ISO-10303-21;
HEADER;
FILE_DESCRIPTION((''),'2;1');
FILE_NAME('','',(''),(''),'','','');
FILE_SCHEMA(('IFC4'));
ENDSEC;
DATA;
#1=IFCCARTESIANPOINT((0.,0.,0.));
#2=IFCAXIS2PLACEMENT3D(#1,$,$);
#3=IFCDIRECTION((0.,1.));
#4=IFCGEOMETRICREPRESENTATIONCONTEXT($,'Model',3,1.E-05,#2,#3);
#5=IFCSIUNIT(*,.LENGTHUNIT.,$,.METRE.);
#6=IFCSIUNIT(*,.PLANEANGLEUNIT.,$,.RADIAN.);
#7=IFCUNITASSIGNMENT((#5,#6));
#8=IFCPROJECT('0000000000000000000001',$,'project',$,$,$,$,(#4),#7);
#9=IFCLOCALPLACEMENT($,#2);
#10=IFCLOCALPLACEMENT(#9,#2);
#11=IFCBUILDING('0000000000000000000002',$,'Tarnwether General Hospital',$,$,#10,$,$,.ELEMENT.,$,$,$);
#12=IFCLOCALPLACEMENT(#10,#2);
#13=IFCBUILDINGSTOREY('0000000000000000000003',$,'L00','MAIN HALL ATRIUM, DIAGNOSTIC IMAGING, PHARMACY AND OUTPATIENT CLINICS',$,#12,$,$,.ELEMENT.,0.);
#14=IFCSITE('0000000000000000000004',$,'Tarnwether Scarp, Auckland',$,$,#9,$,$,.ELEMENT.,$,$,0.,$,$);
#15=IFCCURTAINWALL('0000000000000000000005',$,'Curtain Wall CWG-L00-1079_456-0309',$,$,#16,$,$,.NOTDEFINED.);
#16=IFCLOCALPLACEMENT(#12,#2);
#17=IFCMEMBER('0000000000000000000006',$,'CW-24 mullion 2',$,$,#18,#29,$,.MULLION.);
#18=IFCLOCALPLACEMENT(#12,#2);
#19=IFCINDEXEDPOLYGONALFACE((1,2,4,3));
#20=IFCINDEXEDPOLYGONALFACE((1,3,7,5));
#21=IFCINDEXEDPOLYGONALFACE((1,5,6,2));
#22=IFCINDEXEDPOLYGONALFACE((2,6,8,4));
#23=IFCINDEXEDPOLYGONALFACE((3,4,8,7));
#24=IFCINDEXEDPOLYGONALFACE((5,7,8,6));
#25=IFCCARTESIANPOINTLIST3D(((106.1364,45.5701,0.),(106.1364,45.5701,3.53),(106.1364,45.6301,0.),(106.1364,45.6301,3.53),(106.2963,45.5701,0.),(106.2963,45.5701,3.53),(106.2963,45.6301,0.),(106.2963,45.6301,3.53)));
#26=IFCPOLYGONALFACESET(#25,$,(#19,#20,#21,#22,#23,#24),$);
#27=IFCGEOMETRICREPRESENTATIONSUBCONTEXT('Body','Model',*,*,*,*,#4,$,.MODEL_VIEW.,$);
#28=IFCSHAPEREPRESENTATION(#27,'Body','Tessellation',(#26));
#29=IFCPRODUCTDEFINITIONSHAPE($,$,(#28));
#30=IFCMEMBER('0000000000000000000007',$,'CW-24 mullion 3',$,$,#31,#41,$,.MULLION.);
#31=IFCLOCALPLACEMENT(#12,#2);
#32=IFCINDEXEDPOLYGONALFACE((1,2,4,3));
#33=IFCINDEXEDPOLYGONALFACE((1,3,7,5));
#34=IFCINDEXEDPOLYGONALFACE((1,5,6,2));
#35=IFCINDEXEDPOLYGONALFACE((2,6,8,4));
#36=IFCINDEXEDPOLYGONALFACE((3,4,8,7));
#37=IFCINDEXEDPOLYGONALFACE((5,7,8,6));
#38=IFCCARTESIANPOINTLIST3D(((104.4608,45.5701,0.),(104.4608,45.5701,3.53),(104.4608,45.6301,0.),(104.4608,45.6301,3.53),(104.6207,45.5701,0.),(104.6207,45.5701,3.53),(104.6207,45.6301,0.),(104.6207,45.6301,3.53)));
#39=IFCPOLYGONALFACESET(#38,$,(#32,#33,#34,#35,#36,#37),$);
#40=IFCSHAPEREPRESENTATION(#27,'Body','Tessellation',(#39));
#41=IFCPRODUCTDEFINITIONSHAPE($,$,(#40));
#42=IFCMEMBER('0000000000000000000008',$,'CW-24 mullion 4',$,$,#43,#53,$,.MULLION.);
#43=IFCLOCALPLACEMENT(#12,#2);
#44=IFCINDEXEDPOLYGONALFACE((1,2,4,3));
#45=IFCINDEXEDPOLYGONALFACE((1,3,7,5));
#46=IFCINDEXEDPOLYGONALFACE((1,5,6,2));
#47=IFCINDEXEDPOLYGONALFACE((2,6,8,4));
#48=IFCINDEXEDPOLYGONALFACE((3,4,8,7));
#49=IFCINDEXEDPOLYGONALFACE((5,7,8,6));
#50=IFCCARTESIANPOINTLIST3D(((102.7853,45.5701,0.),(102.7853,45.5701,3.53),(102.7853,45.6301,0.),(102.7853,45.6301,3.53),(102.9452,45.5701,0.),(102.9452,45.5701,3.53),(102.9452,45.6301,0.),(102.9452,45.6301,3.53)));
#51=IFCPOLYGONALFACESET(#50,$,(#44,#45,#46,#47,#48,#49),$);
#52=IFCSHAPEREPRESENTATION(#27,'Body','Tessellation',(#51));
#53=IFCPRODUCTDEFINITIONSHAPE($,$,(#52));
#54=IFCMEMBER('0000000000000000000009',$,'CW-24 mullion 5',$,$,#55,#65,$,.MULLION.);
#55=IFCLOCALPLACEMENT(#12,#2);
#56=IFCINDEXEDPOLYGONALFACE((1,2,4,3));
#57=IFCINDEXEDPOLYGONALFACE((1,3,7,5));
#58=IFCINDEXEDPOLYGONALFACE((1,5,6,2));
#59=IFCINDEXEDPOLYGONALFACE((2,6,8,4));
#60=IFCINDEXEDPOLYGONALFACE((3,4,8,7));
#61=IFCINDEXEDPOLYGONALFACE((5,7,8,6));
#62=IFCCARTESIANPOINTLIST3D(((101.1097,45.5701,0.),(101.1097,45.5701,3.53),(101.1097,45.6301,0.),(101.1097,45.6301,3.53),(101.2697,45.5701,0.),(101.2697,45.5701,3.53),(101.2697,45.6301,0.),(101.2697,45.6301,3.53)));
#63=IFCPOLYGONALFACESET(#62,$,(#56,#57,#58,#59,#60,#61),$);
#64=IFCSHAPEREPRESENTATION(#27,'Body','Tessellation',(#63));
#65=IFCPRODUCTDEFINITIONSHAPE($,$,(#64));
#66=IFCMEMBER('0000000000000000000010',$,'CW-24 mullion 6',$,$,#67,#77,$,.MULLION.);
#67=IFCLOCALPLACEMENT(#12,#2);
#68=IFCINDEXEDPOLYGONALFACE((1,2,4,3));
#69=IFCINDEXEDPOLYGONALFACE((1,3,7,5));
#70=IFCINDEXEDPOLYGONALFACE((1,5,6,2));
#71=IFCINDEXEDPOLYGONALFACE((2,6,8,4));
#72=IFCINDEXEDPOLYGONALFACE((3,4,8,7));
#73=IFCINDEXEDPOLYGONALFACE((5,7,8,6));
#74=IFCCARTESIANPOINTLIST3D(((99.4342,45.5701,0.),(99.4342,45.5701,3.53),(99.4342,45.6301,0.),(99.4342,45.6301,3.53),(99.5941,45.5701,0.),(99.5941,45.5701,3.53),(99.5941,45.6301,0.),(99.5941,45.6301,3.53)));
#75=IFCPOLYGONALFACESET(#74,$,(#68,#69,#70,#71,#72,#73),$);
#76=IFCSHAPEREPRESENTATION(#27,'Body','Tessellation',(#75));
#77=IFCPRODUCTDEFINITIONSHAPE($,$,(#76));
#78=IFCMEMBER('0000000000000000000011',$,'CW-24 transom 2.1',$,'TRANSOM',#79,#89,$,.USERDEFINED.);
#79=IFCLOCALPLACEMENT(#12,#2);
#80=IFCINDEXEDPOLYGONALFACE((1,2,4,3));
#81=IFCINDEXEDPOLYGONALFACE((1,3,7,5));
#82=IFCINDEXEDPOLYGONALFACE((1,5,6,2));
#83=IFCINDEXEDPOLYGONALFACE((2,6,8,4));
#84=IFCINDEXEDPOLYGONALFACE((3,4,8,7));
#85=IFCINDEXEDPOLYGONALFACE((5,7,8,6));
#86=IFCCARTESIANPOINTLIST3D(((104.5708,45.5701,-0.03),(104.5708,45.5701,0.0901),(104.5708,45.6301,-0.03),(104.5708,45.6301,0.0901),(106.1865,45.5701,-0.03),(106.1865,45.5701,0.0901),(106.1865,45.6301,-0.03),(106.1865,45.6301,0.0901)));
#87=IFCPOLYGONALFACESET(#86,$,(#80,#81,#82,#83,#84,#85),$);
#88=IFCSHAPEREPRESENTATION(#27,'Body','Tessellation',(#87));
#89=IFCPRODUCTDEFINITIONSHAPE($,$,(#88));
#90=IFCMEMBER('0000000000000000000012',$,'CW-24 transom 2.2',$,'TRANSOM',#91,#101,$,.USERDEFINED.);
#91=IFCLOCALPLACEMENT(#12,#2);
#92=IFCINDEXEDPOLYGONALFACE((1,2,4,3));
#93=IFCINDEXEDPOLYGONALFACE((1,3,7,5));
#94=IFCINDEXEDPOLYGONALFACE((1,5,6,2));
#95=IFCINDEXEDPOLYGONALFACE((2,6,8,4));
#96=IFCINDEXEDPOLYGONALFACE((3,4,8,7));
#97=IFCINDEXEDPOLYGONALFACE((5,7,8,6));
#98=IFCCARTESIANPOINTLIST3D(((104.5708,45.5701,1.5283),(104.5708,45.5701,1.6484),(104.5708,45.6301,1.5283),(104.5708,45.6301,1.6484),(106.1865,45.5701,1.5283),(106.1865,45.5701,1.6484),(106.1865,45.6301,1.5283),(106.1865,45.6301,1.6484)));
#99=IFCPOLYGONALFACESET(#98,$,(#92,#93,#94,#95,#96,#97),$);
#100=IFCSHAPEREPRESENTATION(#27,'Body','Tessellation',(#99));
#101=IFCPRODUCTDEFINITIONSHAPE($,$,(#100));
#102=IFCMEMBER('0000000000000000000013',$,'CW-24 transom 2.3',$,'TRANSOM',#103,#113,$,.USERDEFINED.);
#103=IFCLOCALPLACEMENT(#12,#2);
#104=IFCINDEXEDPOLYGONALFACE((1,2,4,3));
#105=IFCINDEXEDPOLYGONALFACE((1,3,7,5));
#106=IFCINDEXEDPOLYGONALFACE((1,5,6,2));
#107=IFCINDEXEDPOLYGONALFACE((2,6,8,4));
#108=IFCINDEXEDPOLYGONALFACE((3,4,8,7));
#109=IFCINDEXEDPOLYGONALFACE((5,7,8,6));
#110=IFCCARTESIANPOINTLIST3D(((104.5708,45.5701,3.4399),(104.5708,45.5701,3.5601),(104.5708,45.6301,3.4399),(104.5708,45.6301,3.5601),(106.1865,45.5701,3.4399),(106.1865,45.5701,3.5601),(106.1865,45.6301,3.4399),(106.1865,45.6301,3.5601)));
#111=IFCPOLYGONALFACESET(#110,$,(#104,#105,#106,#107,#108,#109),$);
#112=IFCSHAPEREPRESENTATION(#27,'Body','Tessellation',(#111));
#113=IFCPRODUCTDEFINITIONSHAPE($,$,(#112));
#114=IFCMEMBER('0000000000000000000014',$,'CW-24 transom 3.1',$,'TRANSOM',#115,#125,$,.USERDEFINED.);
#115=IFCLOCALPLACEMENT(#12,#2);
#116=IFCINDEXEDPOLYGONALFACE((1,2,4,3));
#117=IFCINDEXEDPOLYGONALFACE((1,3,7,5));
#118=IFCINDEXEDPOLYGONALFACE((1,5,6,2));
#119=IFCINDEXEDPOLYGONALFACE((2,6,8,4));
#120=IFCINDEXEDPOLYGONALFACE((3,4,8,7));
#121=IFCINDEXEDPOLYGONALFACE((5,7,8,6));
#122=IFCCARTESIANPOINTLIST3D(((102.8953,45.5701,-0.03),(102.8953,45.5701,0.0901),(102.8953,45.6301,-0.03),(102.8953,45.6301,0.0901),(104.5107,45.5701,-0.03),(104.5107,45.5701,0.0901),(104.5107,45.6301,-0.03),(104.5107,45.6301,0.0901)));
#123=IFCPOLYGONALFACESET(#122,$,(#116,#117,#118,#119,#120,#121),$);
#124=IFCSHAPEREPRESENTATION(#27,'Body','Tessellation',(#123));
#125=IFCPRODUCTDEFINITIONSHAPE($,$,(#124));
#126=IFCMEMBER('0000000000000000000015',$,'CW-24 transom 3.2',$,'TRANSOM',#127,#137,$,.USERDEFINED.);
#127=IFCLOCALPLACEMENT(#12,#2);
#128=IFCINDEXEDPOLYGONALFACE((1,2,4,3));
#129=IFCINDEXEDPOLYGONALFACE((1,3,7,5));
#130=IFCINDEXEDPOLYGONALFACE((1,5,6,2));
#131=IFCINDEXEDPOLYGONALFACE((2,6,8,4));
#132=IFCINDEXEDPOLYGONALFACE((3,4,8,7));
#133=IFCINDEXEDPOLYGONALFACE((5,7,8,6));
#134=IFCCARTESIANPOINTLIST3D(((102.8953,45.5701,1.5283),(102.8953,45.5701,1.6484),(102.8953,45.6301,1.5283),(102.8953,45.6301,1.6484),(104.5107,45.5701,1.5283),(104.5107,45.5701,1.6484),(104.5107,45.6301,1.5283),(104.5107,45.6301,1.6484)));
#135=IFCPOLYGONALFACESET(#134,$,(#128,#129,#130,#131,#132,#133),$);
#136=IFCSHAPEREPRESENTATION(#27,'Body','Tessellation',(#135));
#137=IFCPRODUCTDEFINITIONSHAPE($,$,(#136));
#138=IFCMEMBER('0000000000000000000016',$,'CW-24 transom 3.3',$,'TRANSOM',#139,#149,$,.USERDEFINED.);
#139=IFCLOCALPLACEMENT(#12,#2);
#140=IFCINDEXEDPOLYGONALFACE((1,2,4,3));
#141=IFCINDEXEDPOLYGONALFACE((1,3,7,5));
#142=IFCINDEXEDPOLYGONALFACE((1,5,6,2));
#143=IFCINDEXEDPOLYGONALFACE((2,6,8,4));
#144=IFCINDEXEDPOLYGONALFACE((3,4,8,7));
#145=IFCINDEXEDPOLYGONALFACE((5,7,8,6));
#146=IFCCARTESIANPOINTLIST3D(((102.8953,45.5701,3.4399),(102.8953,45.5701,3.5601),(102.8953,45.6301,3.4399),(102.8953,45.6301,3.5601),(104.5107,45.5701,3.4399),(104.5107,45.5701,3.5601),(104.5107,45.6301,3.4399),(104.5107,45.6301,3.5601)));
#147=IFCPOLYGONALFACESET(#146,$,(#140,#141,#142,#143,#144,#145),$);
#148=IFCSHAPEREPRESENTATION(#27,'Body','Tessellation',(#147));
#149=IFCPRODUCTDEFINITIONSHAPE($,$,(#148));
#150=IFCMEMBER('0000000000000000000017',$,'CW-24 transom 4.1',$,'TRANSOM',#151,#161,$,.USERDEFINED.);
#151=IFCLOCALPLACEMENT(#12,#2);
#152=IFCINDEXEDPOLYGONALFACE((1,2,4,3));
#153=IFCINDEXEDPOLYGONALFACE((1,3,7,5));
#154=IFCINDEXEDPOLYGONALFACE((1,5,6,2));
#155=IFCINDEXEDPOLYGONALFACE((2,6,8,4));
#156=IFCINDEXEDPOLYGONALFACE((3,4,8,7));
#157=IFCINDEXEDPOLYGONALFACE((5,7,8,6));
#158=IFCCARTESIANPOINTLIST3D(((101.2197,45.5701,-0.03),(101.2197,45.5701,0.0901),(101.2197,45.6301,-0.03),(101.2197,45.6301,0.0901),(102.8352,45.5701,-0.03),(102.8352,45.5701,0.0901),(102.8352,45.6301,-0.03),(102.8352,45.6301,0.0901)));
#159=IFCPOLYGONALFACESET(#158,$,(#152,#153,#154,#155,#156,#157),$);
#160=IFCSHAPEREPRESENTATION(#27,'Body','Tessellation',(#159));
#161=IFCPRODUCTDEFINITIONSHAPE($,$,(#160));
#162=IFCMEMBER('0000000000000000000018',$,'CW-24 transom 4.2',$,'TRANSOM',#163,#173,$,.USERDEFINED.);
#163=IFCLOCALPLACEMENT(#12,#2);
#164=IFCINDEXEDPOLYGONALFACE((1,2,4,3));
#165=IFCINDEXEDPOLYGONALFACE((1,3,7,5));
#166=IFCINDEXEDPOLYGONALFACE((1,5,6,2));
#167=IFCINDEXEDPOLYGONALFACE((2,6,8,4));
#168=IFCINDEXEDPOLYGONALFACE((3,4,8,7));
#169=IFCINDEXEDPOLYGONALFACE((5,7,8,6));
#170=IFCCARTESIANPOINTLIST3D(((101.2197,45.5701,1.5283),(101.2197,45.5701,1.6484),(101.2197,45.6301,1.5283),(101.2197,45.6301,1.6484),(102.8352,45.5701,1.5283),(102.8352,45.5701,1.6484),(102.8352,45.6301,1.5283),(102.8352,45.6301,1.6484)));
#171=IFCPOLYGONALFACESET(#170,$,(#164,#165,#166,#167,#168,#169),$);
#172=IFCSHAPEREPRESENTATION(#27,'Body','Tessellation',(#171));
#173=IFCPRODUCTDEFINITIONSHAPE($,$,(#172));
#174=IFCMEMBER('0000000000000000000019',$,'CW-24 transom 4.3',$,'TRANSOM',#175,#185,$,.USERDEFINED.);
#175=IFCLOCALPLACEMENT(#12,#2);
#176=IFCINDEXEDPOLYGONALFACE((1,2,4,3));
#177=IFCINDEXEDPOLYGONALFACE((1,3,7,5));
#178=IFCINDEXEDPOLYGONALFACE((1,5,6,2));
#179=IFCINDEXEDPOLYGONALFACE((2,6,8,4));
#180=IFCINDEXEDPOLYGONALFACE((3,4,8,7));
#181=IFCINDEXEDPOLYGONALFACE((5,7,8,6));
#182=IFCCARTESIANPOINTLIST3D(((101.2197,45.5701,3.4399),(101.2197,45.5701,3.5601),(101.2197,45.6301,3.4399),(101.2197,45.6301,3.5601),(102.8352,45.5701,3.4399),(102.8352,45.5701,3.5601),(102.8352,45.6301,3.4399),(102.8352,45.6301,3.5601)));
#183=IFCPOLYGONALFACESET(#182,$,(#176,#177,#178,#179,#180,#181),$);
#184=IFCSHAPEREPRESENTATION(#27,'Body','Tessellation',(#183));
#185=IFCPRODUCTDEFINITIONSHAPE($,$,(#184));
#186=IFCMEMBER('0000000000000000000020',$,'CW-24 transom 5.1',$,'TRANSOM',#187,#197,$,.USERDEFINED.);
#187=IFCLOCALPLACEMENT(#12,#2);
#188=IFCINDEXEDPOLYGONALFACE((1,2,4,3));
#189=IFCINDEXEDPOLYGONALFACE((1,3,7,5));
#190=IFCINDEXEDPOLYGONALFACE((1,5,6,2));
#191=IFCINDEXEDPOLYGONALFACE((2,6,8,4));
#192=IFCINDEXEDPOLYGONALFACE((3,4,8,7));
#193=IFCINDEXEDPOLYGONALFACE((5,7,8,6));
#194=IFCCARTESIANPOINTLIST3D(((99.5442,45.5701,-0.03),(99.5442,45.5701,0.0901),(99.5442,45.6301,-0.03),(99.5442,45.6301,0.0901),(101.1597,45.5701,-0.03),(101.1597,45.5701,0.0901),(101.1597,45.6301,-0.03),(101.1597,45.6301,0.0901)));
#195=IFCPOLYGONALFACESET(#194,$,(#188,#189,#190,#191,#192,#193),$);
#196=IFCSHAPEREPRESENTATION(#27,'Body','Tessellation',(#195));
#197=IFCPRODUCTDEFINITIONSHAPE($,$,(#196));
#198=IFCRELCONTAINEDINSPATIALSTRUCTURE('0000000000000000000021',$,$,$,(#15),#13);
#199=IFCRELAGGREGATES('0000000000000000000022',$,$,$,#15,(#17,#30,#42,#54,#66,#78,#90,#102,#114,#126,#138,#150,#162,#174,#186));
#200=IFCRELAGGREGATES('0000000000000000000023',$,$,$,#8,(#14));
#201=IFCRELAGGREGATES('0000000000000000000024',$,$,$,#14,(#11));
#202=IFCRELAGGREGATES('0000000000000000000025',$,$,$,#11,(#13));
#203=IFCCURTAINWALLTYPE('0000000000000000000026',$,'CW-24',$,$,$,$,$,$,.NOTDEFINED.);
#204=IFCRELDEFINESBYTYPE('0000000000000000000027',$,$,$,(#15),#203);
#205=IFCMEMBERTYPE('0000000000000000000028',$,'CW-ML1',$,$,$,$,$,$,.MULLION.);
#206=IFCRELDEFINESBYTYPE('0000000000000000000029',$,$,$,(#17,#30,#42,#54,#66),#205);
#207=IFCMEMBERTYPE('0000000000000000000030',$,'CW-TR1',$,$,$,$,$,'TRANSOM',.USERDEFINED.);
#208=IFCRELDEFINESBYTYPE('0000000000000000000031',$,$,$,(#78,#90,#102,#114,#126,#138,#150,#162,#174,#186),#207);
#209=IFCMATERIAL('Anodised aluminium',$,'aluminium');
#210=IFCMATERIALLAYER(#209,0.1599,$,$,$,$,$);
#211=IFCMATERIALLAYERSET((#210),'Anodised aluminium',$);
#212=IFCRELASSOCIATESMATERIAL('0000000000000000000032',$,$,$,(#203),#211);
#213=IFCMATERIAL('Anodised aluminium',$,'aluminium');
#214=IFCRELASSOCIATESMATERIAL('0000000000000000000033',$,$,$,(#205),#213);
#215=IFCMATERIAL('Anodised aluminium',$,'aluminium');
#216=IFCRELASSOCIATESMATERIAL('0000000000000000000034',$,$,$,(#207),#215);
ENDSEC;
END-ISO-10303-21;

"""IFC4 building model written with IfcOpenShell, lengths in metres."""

from ifc_helpers import new_model, si_unit, direction, frame, origin, origin_2d, place, context, subcontext, project, spatial, rectangle, extrude, material, layer, layer_set, material_profile, profile_set, type_object, element, aggregate, save


model = new_model("IFC4")

# Units and contexts
model_context = context("Model", 3, precision=1e-05, world=origin(), true_north=direction((0.0, 1.0)))
body_context = subcontext(model_context, "Body", "Model", "MODEL_VIEW")
ifc_project = project(units=[si_unit("LENGTHUNIT", "METRE"), si_unit("PLANEANGLEUNIT", "RADIAN")], contexts=[model_context])

# Site, building, storey
site_placement = place(None, origin())
site = spatial("IfcSite", under=ifc_project, at=site_placement, Name="Tarnwether Scarp, Auckland", CompositionType="ELEMENT", RefElevation=0.0)
building_placement = place(site_placement, origin())
building = spatial("IfcBuilding", under=site, at=building_placement, Name="Tarnwether General Hospital", CompositionType="ELEMENT")
storey_placement = place(building_placement, origin())
storey = spatial("IfcBuildingStorey", under=building, at=storey_placement, Name="L00", Description="MAIN HALL ATRIUM, DIAGNOSTIC IMAGING, PHARMACY AND OUTPATIENT CLINICS", CompositionType="ELEMENT", Elevation=0.0)

# Curtain wall, members
ifc_material_1 = material(Name="Anodised aluminium", Category="aluminium")
ifc_layer_1 = layer(ifc_material_1, 0.1599)
ifc_layer_set_1 = layer_set([ifc_layer_1], Name="Anodised aluminium")
curtain_wall_type = type_object("IfcCurtainWallType", Name="CW-24", PredefinedType="NOTDEFINED", material=ifc_layer_set_1)
curtain_wall_placement = place(storey_placement, origin())
curtain_wall = element("IfcCurtainWall", 1, at=curtain_wall_placement, inside=storey, type_object=curtain_wall_type, Name="Curtain Wall CWG-L00-1079_456-0309", PredefinedType="NOTDEFINED")
ifc_material_2 = material(Name="Anodised aluminium", Category="aluminium")
ifc_material_profile_1 = material_profile(ifc_material_2, rectangle(XDim=0.0601, YDim=0.1599, at=origin_2d()), Name="ALU-MUL-60x160")
ifc_profile_set_1 = profile_set([ifc_material_profile_1], Name="Anodised aluminium")
member_type_1 = type_object("IfcMemberType", Name="CW-ML1", PredefinedType="MULLION", material=ifc_profile_set_1)
member_1_placement = place(storey_placement, frame((106.2163, 45.6001, 0.0), z_axis=(0.0, 0.0, 1.0), x_axis=(0.0, -1.0, 0.0)))
member_1 = element("IfcMember", 2, at=member_1_placement, type_object=member_type_1, Name="CW-24 mullion 2", PredefinedType="MULLION", context=body_context, shape_type="SweptSolid", body=[
    extrude(rectangle(XDim=0.0601, YDim=0.1599, at=origin_2d()), origin(), (0.0, 0.0, 1.0), 3.53),
])
member_2_placement = place(storey_placement, frame((104.5408, 45.6001, 0.0), z_axis=(0.0, 0.0, 1.0), x_axis=(0.0, -1.0, 0.0)))
member_2 = element("IfcMember", 3, at=member_2_placement, type_object=member_type_1, Name="CW-24 mullion 3", PredefinedType="MULLION", context=body_context, shape_type="SweptSolid", body=[
    extrude(rectangle(XDim=0.0601, YDim=0.1599, at=origin_2d()), origin(), (0.0, 0.0, 1.0), 3.53),
])
member_3_placement = place(storey_placement, frame((102.8652, 45.6001, 0.0), z_axis=(0.0, 0.0, 1.0), x_axis=(0.0, -1.0, 0.0)))
member_3 = element("IfcMember", 4, at=member_3_placement, type_object=member_type_1, Name="CW-24 mullion 4", PredefinedType="MULLION", context=body_context, shape_type="SweptSolid", body=[
    extrude(rectangle(XDim=0.0601, YDim=0.1599, at=origin_2d()), origin(), (0.0, 0.0, 1.0), 3.53),
])
member_4_placement = place(storey_placement, frame((101.1897, 45.6001, 0.0), z_axis=(0.0, 0.0, 1.0), x_axis=(0.0, -1.0, 0.0)))
member_4 = element("IfcMember", 5, at=member_4_placement, type_object=member_type_1, Name="CW-24 mullion 5", PredefinedType="MULLION", context=body_context, shape_type="SweptSolid", body=[
    extrude(rectangle(XDim=0.0601, YDim=0.1599, at=origin_2d()), origin(), (0.0, 0.0, 1.0), 3.53),
])
member_5_placement = place(storey_placement, frame((99.5142, 45.6001, 0.0), z_axis=(0.0, 0.0, 1.0), x_axis=(0.0, -1.0, 0.0)))
member_5 = element("IfcMember", 6, at=member_5_placement, type_object=member_type_1, Name="CW-24 mullion 6", PredefinedType="MULLION", context=body_context, shape_type="SweptSolid", body=[
    extrude(rectangle(XDim=0.0601, YDim=0.1599, at=origin_2d()), origin(), (0.0, 0.0, 1.0), 3.53),
])
ifc_material_3 = material(Name="Anodised aluminium", Category="aluminium")
ifc_material_profile_2 = material_profile(ifc_material_3, rectangle(XDim=0.0601, YDim=0.1201, at=origin_2d()), Name="ALU-TRN-60x120")
ifc_profile_set_2 = profile_set([ifc_material_profile_2], Name="Anodised aluminium")
member_type_2 = type_object("IfcMemberType", Name="CW-TR1", ElementType="TRANSOM", PredefinedType="USERDEFINED", material=ifc_profile_set_2)
member_6_placement = place(storey_placement, frame((106.1865, 45.6001, 0.03), z_axis=(-1.0, 0.0, 0.0), x_axis=(0.0, -1.0, 0.0)))
member_6 = element("IfcMember", 7, at=member_6_placement, type_object=member_type_2, Name="CW-24 transom 2.1", ObjectType="TRANSOM", PredefinedType="USERDEFINED", context=body_context, shape_type="SweptSolid", body=[
    extrude(rectangle(XDim=0.0601, YDim=0.1201, at=origin_2d()), origin(), (0.0, 0.0, 1.0), 1.6157),
])
member_7_placement = place(storey_placement, frame((106.1865, 45.6001, 1.5884), z_axis=(-1.0, 0.0, 0.0), x_axis=(0.0, -1.0, 0.0)))
member_7 = element("IfcMember", 8, at=member_7_placement, type_object=member_type_2, Name="CW-24 transom 2.2", ObjectType="TRANSOM", PredefinedType="USERDEFINED", context=body_context, shape_type="SweptSolid", body=[
    extrude(rectangle(XDim=0.0601, YDim=0.1201, at=origin_2d()), origin(), (0.0, 0.0, 1.0), 1.6157),
])
member_8_placement = place(storey_placement, frame((106.1865, 45.6001, 3.5), z_axis=(-1.0, 0.0, 0.0), x_axis=(0.0, -1.0, 0.0)))
member_8 = element("IfcMember", 9, at=member_8_placement, type_object=member_type_2, Name="CW-24 transom 2.3", ObjectType="TRANSOM", PredefinedType="USERDEFINED", context=body_context, shape_type="SweptSolid", body=[
    extrude(rectangle(XDim=0.0601, YDim=0.1201, at=origin_2d()), origin(), (0.0, 0.0, 1.0), 1.6157),
])
member_9_placement = place(storey_placement, frame((104.5107, 45.6001, 0.03), z_axis=(-1.0, 0.0, 0.0), x_axis=(0.0, -1.0, 0.0)))
member_9 = element("IfcMember", 10, at=member_9_placement, type_object=member_type_2, Name="CW-24 transom 3.1", ObjectType="TRANSOM", PredefinedType="USERDEFINED", context=body_context, shape_type="SweptSolid", body=[
    extrude(rectangle(XDim=0.0601, YDim=0.1201, at=origin_2d()), origin(), (0.0, 0.0, 1.0), 1.6155),
])
member_10_placement = place(storey_placement, frame((104.5107, 45.6001, 1.5884), z_axis=(-1.0, 0.0, 0.0), x_axis=(0.0, -1.0, 0.0)))
member_10 = element("IfcMember", 11, at=member_10_placement, type_object=member_type_2, Name="CW-24 transom 3.2", ObjectType="TRANSOM", PredefinedType="USERDEFINED", context=body_context, shape_type="SweptSolid", body=[
    extrude(rectangle(XDim=0.0601, YDim=0.1201, at=origin_2d()), origin(), (0.0, 0.0, 1.0), 1.6155),
])
member_11_placement = place(storey_placement, frame((104.5107, 45.6001, 3.5), z_axis=(-1.0, 0.0, 0.0), x_axis=(0.0, -1.0, 0.0)))
member_11 = element("IfcMember", 12, at=member_11_placement, type_object=member_type_2, Name="CW-24 transom 3.3", ObjectType="TRANSOM", PredefinedType="USERDEFINED", context=body_context, shape_type="SweptSolid", body=[
    extrude(rectangle(XDim=0.0601, YDim=0.1201, at=origin_2d()), origin(), (0.0, 0.0, 1.0), 1.6155),
])
member_12_placement = place(storey_placement, frame((102.8352, 45.6001, 0.03), z_axis=(-1.0, 0.0, 0.0), x_axis=(0.0, -1.0, 0.0)))
member_12 = element("IfcMember", 13, at=member_12_placement, type_object=member_type_2, Name="CW-24 transom 4.1", ObjectType="TRANSOM", PredefinedType="USERDEFINED", context=body_context, shape_type="SweptSolid", body=[
    extrude(rectangle(XDim=0.0601, YDim=0.1201, at=origin_2d()), origin(), (0.0, 0.0, 1.0), 1.6155),
])
member_13_placement = place(storey_placement, frame((102.8352, 45.6001, 1.5884), z_axis=(-1.0, 0.0, 0.0), x_axis=(0.0, -1.0, 0.0)))
member_13 = element("IfcMember", 14, at=member_13_placement, type_object=member_type_2, Name="CW-24 transom 4.2", ObjectType="TRANSOM", PredefinedType="USERDEFINED", context=body_context, shape_type="SweptSolid", body=[
    extrude(rectangle(XDim=0.0601, YDim=0.1201, at=origin_2d()), origin(), (0.0, 0.0, 1.0), 1.6155),
])
member_14_placement = place(storey_placement, frame((102.8352, 45.6001, 3.5), z_axis=(-1.0, 0.0, 0.0), x_axis=(0.0, -1.0, 0.0)))
member_14 = element("IfcMember", 15, at=member_14_placement, type_object=member_type_2, Name="CW-24 transom 4.3", ObjectType="TRANSOM", PredefinedType="USERDEFINED", context=body_context, shape_type="SweptSolid", body=[
    extrude(rectangle(XDim=0.0601, YDim=0.1201, at=origin_2d()), origin(), (0.0, 0.0, 1.0), 1.6155),
])
member_15_placement = place(storey_placement, frame((101.1597, 45.6001, 0.03), z_axis=(-1.0, 0.0, 0.0), x_axis=(0.0, -1.0, 0.0)))
member_15 = element("IfcMember", 16, at=member_15_placement, type_object=member_type_2, Name="CW-24 transom 5.1", ObjectType="TRANSOM", PredefinedType="USERDEFINED", context=body_context, shape_type="SweptSolid", body=[
    extrude(rectangle(XDim=0.0601, YDim=0.1201, at=origin_2d()), origin(), (0.0, 0.0, 1.0), 1.6155),
])
aggregate(curtain_wall, [member_1, member_2, member_3, member_4, member_5, member_6, member_7, member_8, member_9, member_10, member_11, member_12, member_13, member_14, member_15])

save(model, "model.ifc")
